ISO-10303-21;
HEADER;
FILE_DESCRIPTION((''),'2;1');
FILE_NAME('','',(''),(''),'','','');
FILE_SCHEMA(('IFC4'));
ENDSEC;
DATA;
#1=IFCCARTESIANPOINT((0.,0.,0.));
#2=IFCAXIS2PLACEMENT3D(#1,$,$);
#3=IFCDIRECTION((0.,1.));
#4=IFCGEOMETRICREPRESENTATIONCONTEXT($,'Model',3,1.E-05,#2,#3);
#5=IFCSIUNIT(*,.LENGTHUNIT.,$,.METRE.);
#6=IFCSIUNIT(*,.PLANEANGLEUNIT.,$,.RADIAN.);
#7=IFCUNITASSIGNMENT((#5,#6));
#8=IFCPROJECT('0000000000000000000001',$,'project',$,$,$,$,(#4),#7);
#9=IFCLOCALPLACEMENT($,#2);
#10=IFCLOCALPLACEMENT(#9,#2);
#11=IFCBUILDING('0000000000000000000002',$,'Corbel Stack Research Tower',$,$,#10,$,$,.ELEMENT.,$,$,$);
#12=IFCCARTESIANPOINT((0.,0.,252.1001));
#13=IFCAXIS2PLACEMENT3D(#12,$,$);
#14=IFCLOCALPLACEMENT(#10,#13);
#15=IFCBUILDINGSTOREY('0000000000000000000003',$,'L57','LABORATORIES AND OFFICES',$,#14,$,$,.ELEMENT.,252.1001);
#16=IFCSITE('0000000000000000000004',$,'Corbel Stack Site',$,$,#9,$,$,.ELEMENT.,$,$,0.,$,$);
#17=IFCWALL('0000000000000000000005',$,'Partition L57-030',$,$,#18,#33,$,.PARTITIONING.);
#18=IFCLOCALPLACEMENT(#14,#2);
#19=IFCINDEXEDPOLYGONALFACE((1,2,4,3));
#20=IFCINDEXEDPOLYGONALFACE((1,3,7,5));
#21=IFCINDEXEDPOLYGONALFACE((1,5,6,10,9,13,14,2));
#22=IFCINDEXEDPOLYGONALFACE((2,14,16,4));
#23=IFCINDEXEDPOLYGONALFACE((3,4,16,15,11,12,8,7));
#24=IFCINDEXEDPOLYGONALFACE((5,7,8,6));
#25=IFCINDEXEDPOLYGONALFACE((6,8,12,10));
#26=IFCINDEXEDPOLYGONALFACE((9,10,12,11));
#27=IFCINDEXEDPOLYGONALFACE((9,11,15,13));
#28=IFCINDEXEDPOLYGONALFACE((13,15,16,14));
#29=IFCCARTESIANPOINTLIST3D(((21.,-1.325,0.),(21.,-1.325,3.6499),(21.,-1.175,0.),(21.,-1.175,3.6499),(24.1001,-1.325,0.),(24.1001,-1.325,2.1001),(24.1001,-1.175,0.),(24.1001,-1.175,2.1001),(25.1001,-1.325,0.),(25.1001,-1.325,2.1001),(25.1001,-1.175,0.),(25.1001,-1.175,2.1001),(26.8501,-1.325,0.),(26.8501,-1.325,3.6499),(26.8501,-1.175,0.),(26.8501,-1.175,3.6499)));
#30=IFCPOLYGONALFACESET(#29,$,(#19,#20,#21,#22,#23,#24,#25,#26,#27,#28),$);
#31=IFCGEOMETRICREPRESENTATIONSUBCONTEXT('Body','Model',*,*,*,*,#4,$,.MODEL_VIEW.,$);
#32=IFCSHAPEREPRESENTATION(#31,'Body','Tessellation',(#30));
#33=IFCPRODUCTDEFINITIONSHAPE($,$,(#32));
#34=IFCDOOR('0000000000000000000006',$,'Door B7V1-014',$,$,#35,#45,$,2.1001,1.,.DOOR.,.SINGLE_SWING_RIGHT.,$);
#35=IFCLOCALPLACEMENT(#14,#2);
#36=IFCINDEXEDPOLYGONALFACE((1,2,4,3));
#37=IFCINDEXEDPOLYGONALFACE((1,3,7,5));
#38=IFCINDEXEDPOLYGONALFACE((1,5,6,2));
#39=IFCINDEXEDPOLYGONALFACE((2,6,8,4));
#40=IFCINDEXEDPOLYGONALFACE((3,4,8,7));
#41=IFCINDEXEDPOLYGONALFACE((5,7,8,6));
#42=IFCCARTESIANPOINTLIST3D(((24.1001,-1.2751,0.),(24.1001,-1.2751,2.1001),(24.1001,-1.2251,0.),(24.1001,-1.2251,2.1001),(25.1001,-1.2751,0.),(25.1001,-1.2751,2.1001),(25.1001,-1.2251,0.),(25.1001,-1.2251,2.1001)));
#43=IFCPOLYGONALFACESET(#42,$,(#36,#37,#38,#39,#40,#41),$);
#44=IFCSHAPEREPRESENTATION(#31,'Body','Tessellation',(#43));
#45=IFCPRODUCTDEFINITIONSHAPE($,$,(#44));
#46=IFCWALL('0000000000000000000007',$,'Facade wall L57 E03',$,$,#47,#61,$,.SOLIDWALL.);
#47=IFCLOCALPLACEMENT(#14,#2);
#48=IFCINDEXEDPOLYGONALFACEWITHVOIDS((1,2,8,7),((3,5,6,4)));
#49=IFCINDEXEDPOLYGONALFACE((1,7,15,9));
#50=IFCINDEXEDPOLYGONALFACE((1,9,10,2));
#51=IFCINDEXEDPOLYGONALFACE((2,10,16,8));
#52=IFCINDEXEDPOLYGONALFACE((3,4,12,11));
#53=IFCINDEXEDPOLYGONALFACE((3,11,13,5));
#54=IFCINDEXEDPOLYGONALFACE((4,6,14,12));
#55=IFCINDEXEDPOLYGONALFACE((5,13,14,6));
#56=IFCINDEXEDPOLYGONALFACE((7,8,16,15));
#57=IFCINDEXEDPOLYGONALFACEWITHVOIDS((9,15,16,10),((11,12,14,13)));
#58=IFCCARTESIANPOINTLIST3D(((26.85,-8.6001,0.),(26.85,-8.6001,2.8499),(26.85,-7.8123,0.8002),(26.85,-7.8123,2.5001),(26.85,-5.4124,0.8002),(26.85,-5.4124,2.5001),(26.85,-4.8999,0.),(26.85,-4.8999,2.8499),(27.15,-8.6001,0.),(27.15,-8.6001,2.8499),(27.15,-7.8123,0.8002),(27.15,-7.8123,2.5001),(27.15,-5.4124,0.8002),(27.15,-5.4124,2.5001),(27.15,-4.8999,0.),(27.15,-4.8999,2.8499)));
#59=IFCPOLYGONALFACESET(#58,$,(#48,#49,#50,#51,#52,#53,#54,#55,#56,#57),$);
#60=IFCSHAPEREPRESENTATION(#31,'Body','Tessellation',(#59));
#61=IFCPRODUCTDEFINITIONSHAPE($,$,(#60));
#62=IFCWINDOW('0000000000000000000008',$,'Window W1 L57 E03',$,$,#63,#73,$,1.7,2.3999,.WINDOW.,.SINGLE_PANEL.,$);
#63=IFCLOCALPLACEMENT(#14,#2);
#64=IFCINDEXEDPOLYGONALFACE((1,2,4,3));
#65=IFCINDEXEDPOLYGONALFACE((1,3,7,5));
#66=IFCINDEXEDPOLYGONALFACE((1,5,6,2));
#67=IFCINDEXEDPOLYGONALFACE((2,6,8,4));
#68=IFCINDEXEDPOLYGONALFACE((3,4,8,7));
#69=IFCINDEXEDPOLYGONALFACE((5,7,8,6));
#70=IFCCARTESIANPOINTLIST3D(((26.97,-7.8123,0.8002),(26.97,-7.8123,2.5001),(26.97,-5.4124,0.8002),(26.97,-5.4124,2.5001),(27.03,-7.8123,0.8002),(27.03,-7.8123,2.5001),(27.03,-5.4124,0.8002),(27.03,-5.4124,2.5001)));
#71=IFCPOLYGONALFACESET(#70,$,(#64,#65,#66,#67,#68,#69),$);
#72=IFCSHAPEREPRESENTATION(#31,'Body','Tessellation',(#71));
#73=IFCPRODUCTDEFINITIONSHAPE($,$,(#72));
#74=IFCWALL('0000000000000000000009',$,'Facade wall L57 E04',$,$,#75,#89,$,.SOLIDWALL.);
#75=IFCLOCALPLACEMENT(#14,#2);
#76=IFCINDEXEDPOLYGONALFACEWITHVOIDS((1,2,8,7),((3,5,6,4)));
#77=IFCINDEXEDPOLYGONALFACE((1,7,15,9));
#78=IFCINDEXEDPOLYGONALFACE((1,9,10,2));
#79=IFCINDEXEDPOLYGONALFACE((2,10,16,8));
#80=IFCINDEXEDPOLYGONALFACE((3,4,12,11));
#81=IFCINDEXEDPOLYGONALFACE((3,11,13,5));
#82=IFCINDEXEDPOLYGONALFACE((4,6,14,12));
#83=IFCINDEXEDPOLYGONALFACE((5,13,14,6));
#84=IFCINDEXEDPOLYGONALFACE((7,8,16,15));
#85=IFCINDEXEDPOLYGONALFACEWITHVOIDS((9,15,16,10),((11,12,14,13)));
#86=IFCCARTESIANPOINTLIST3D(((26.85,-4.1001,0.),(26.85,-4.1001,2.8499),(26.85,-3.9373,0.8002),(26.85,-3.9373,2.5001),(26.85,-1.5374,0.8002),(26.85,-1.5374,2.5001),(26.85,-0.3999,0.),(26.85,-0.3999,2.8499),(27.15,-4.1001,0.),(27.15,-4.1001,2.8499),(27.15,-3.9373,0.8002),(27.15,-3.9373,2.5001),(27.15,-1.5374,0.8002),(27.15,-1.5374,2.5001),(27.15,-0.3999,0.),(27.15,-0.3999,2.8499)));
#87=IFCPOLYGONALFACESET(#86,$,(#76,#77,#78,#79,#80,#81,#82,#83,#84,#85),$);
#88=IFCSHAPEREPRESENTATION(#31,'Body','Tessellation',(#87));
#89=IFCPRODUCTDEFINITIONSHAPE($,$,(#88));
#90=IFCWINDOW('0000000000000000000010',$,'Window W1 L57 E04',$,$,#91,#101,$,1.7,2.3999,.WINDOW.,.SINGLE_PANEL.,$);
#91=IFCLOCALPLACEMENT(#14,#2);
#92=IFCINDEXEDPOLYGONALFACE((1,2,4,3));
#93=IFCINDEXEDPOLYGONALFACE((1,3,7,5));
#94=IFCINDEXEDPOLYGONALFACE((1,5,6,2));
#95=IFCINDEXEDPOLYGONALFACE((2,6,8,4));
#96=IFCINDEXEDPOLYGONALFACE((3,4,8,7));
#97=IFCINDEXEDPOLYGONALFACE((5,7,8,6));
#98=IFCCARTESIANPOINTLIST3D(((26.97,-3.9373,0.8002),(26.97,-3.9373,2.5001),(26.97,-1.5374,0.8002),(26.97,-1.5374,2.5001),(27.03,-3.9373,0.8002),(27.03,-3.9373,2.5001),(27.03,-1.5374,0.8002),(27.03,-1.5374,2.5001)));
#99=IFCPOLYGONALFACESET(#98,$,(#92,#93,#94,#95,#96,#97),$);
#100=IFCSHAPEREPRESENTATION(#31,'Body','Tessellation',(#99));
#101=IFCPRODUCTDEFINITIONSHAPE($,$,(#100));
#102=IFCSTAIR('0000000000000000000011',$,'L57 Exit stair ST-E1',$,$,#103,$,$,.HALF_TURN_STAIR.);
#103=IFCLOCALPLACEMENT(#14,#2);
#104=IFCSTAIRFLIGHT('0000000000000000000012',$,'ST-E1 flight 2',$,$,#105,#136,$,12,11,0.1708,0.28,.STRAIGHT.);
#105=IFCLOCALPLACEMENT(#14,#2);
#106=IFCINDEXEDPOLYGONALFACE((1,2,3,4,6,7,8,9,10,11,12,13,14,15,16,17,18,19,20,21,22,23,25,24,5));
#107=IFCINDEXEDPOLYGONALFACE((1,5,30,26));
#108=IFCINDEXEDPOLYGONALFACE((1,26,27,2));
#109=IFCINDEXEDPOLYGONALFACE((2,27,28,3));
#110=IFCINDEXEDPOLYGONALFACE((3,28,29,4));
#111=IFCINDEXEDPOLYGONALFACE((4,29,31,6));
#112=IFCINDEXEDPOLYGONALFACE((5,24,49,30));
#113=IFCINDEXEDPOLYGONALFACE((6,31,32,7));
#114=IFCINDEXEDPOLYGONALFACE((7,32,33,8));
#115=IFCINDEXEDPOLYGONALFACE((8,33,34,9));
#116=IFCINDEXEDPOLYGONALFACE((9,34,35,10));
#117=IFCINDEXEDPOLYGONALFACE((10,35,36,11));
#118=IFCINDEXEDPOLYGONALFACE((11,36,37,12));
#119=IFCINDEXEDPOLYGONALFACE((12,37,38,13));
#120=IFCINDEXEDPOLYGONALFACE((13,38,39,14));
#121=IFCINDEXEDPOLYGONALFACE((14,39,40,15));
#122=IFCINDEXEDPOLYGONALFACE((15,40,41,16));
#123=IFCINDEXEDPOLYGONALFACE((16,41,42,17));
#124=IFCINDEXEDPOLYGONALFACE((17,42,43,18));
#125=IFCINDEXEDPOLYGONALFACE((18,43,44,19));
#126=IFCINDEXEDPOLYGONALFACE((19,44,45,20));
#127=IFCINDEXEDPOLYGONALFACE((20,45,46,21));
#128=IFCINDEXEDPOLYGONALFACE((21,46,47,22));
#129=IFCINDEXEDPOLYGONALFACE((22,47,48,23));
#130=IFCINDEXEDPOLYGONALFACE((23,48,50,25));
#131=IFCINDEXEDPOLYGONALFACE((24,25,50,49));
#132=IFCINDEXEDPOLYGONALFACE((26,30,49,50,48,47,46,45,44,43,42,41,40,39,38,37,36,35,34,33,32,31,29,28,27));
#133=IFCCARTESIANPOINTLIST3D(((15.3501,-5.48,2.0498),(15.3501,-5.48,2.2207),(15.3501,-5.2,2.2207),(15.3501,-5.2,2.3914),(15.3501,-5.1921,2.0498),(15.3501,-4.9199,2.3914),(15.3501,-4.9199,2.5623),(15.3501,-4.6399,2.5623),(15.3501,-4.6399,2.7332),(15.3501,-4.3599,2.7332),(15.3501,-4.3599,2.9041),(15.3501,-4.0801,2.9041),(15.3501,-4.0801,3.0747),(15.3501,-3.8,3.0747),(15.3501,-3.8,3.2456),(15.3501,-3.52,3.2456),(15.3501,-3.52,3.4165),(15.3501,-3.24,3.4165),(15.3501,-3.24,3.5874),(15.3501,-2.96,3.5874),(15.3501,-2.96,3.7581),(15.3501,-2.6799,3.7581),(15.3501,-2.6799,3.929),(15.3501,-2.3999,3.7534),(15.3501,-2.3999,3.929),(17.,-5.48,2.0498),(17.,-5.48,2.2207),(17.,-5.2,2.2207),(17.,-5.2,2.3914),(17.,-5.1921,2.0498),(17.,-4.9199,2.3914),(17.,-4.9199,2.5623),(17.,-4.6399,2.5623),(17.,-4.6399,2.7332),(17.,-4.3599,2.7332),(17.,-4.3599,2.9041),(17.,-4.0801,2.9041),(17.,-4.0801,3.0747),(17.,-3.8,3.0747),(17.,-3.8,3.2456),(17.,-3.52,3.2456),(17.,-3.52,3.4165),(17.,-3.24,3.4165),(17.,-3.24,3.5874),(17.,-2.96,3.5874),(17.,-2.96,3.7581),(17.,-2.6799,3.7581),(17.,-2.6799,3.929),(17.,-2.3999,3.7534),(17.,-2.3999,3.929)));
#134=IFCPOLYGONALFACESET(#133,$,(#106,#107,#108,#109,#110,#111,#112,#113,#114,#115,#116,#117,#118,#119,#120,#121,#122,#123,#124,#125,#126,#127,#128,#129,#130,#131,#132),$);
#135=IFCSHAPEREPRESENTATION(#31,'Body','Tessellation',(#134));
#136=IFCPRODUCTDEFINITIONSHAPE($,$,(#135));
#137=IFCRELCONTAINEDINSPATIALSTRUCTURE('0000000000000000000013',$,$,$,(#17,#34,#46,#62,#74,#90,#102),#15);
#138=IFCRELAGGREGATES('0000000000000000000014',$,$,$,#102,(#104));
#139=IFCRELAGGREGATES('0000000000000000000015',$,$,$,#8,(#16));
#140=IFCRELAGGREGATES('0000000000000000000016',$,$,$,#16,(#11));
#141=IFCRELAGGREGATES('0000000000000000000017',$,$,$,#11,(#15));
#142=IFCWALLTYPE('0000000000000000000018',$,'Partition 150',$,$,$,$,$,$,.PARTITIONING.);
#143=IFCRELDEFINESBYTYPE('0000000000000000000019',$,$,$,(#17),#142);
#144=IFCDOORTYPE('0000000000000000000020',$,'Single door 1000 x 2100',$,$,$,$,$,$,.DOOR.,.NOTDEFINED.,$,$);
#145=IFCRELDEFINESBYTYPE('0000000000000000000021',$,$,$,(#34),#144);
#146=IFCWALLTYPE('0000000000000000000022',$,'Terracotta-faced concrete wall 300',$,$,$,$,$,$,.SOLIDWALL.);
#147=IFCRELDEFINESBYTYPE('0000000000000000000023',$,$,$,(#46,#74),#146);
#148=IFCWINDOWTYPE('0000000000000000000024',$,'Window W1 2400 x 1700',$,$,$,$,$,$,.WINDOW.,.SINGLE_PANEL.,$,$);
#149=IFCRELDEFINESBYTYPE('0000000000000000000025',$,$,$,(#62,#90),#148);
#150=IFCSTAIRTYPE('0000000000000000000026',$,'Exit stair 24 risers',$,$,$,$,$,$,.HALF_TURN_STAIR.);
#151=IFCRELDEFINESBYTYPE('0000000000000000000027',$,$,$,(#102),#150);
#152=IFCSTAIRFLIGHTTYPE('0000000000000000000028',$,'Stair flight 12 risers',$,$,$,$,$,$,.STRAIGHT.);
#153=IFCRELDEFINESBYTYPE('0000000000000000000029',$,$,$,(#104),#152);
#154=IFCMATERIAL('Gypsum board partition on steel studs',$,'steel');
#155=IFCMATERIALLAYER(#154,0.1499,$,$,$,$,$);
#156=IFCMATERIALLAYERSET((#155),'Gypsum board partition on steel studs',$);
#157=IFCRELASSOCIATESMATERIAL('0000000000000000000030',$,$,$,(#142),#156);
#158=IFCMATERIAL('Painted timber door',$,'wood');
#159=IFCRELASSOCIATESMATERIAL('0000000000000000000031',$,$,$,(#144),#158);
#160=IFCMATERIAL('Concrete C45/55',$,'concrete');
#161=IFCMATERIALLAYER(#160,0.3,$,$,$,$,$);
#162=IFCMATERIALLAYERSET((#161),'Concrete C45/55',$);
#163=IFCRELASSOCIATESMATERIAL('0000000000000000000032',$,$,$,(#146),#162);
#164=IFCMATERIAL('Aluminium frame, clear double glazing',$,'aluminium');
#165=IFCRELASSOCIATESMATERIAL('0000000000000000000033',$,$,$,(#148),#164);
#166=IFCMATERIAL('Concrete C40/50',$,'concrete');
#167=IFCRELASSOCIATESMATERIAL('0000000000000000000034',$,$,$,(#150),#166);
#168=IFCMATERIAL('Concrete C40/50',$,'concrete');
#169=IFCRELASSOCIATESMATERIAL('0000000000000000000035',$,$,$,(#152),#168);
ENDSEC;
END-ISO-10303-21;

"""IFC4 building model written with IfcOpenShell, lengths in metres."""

from ifc_helpers import new_model, si_unit, direction, frame, frame_2d, origin, place, context, subcontext, project, spatial, polyline, rectangle, outline, extrude, material, layer, layer_set, type_object, element, fill, aggregate, save


model = new_model("IFC4")

# Units and contexts
model_context = context("Model", 3, precision=1e-05, world=origin(), true_north=direction((0.0, 1.0)))
body_context = subcontext(model_context, "Body", "Model", "MODEL_VIEW")
ifc_project = project(units=[si_unit("LENGTHUNIT", "METRE"), si_unit("PLANEANGLEUNIT", "RADIAN")], contexts=[model_context])

# Site, building, storey
site_placement = place(None, origin())
site = spatial("IfcSite", under=ifc_project, at=site_placement, Name="Corbel Stack Site", CompositionType="ELEMENT", RefElevation=0.0)
building_placement = place(site_placement, origin())
building = spatial("IfcBuilding", under=site, at=building_placement, Name="Corbel Stack Research Tower", CompositionType="ELEMENT")
storey_placement = place(building_placement, frame((0.0, 0.0, 252.1001)))
storey = spatial("IfcBuildingStorey", under=building, at=storey_placement, Name="L57", Description="LABORATORIES AND OFFICES", CompositionType="ELEMENT", Elevation=252.1001)

# Shared definitions
ifc_material_1 = material(Name="Gypsum board partition on steel studs", Category="steel")
ifc_layer_1 = layer(ifc_material_1, 0.1499)
ifc_layer_set_1 = layer_set([ifc_layer_1], Name="Gypsum board partition on steel studs")
wall_type_1 = type_object("IfcWallType", Name="Partition 150", PredefinedType="PARTITIONING", material=ifc_layer_set_1)

# Wall, opening, door
ifc_material_2 = material(Name="Painted timber door", Category="wood")
door_type_1 = type_object("IfcDoorType", Name="Single door 1000 x 2100", OperationType="NOTDEFINED", PredefinedType="DOOR", material=ifc_material_2)
wall_1_placement = place(storey_placement, frame((21.0, -1.25, 0.0), z_axis=(0.0, 0.0, 1.0), x_axis=(1.0, 0.0, 0.0)))
wall_1 = element("IfcWall", 1, at=wall_1_placement, inside=storey, type_object=wall_type_1, Name="Partition L57-030", PredefinedType="PARTITIONING", context=body_context, shape_type="SweptSolid", body=[
    extrude(rectangle(XDim=5.8501, YDim=0.1499, at=frame_2d((2.925, 0.0))), origin(), (0.0, 0.0, 1.0), 3.6499),
])
opening_1_placement = place(wall_1_placement, frame((3.1001, 0.0, 0.0)))
opening_1 = element("IfcOpeningElement", 2, at=opening_1_placement, cuts=wall_1, PredefinedType="OPENING", context=body_context, shape_type="SweptSolid", body=[
    extrude(rectangle(XDim=1.0, YDim=2.1001, at=frame_2d((0.5, 1.05))), frame((0.0, 0.085, 0.0), z_axis=(0.0, -1.0, 0.0), x_axis=(1.0, 0.0, 0.0)), (0.0, 0.0, 1.0), 0.1699),
])
door_1_placement = place(opening_1_placement, origin())
door_1 = element("IfcDoor", 3, at=door_1_placement, inside=storey, type_object=door_type_1, Name="Door B7V1-014", OperationType="SINGLE_SWING_RIGHT", OverallHeight=2.1001, OverallWidth=1.0, PredefinedType="DOOR", context=body_context, shape_type="SweptSolid", body=[
    extrude(rectangle(XDim=1.0, YDim=2.1001, at=frame_2d((0.5, 1.05))), frame((0.0, 0.0249, 0.0), z_axis=(0.0, -1.0, 0.0), x_axis=(1.0, 0.0, 0.0)), (0.0, 0.0, 1.0), 0.05),
])
fill(opening_1, door_1)

# Walls, openings, windows
ifc_material_3 = material(Name="Concrete C45/55", Category="concrete")
ifc_layer_2 = layer(ifc_material_3, 0.3)
ifc_layer_set_2 = layer_set([ifc_layer_2], Name="Concrete C45/55")
wall_type_2 = type_object("IfcWallType", Name="Terracotta-faced concrete wall 300", PredefinedType="SOLIDWALL", material=ifc_layer_set_2)
wall_2_placement = place(storey_placement, frame((27.0, -4.8999, 0.0), z_axis=(0.0, 0.0, 1.0), x_axis=(0.0, -1.0, 0.0)))
wall_2 = element("IfcWall", 4, at=wall_2_placement, inside=storey, type_object=wall_type_2, Name="Facade wall L57 E03", PredefinedType="SOLIDWALL", context=body_context, shape_type="SweptSolid", body=[
    extrude(rectangle(XDim=3.7002, YDim=0.3, at=frame_2d((1.8501, 0.0))), origin(), (0.0, 0.0, 1.0), 2.8499),
])
opening_2_placement = place(wall_2_placement, frame((0.5125, 0.0, 0.8)))
opening_2 = element("IfcOpeningElement", 5, at=opening_2_placement, cuts=wall_2, PredefinedType="OPENING", context=body_context, shape_type="SweptSolid", body=[
    extrude(rectangle(XDim=2.3999, YDim=1.7, at=frame_2d((1.2, 0.8501))), frame((0.0, 0.1599, 0.0), z_axis=(0.0, -1.0, 0.0), x_axis=(1.0, 0.0, 0.0)), (0.0, 0.0, 1.0), 0.3201),
])
ifc_material_4 = material(Name="Aluminium frame, clear double glazing", Category="aluminium")
window_type = type_object("IfcWindowType", Name="Window W1 2400 x 1700", PartitioningType="SINGLE_PANEL", PredefinedType="WINDOW", material=ifc_material_4)
window_1_placement = place(opening_2_placement, origin())
window_1 = element("IfcWindow", 6, at=window_1_placement, inside=storey, type_object=window_type, Name="Window W1 L57 E03", OverallHeight=1.7, OverallWidth=2.3999, PartitioningType="SINGLE_PANEL", PredefinedType="WINDOW", context=body_context, shape_type="SweptSolid", body=[
    extrude(rectangle(XDim=2.3999, YDim=1.7, at=frame_2d((1.2, 0.8501))), frame((0.0, 0.03, 0.0), z_axis=(0.0, -1.0, 0.0), x_axis=(1.0, 0.0, 0.0)), (0.0, 0.0, 1.0), 0.0601),
])
fill(opening_2, window_1)
wall_3_placement = place(storey_placement, frame((27.0, -0.3999, 0.0), z_axis=(0.0, 0.0, 1.0), x_axis=(0.0, -1.0, 0.0)))
wall_3 = element("IfcWall", 7, at=wall_3_placement, inside=storey, type_object=wall_type_2, Name="Facade wall L57 E04", PredefinedType="SOLIDWALL", context=body_context, shape_type="SweptSolid", body=[
    extrude(rectangle(XDim=3.7002, YDim=0.3, at=frame_2d((1.8501, 0.0))), origin(), (0.0, 0.0, 1.0), 2.8499),
])
opening_3_placement = place(wall_3_placement, frame((1.1375, 0.0, 0.8)))
opening_3 = element("IfcOpeningElement", 8, at=opening_3_placement, cuts=wall_3, PredefinedType="OPENING", context=body_context, shape_type="SweptSolid", body=[
    extrude(rectangle(XDim=2.3999, YDim=1.7, at=frame_2d((1.2, 0.8501))), frame((0.0, 0.1599, 0.0), z_axis=(0.0, -1.0, 0.0), x_axis=(1.0, 0.0, 0.0)), (0.0, 0.0, 1.0), 0.3201),
])
window_2_placement = place(opening_3_placement, origin())
window_2 = element("IfcWindow", 9, at=window_2_placement, inside=storey, type_object=window_type, Name="Window W1 L57 E04", OverallHeight=1.7, OverallWidth=2.3999, PartitioningType="SINGLE_PANEL", PredefinedType="WINDOW", context=body_context, shape_type="SweptSolid", body=[
    extrude(rectangle(XDim=2.3999, YDim=1.7, at=frame_2d((1.2, 0.8501))), frame((0.0, 0.03, 0.0), z_axis=(0.0, -1.0, 0.0), x_axis=(1.0, 0.0, 0.0)), (0.0, 0.0, 1.0), 0.0601),
])
fill(opening_3, window_2)

# Stair, stair flight
ifc_material_5 = material(Name="Concrete C40/50", Category="concrete")
stair_type = type_object("IfcStairType", Name="Exit stair 24 risers", PredefinedType="HALF_TURN_STAIR", material=ifc_material_5)
stair_placement = place(storey_placement, origin())
stair = element("IfcStair", 10, at=stair_placement, inside=storey, type_object=stair_type, Name="L57 Exit stair ST-E1", PredefinedType="HALF_TURN_STAIR")
ifc_material_6 = material(Name="Concrete C40/50", Category="concrete")
stair_flight_type = type_object("IfcStairFlightType", Name="Stair flight 12 risers", PredefinedType="STRAIGHT", material=ifc_material_6)
stair_flight_placement = place(storey_placement, frame((16.175, -5.48, 2.0498), z_axis=(0.0, 0.0, 1.0), x_axis=(0.0, 1.0, 0.0)))
stair_flight = element("IfcStairFlight", 11, at=stair_flight_placement, type_object=stair_flight_type, Name="ST-E1 flight 2", NumberOfRisers=12, NumberOfTreads=11, PredefinedType="STRAIGHT", RiserHeight=0.1708, TreadLength=0.28, context=body_context, shape_type="SweptSolid", body=[
    extrude(outline(polyline([(0.0, 0.0), (0.0, 0.1709), (0.28, 0.1709), (0.28, 0.3416), (0.5601, 0.3416), (0.5601, 0.5125), (0.8401, 0.5125), (0.8401, 0.6833), (1.1201, 0.6833), (1.1201, 0.8542), (1.3999, 0.8542), (1.3999, 1.0249), (1.6799, 1.0249), (1.6799, 1.1958), (1.96, 1.1958), (1.96, 1.3667), (2.24, 1.3667), (2.24, 1.5376), (2.52, 1.5376), (2.52, 1.7083), (2.8, 1.7083), (2.8, 1.8792), (3.0801, 1.8792), (3.0801, 2.05), (3.0801, 1.7036), (0.2878, 0.0), (0.0, 0.0)])), frame((0.0, 0.825, 0.0), z_axis=(0.0, -1.0, 0.0), x_axis=(1.0, 0.0, 0.0)), (0.0, 0.0, 1.0), 1.6499),
])
aggregate(stair, [stair_flight])

save(model, "model.ifc")
